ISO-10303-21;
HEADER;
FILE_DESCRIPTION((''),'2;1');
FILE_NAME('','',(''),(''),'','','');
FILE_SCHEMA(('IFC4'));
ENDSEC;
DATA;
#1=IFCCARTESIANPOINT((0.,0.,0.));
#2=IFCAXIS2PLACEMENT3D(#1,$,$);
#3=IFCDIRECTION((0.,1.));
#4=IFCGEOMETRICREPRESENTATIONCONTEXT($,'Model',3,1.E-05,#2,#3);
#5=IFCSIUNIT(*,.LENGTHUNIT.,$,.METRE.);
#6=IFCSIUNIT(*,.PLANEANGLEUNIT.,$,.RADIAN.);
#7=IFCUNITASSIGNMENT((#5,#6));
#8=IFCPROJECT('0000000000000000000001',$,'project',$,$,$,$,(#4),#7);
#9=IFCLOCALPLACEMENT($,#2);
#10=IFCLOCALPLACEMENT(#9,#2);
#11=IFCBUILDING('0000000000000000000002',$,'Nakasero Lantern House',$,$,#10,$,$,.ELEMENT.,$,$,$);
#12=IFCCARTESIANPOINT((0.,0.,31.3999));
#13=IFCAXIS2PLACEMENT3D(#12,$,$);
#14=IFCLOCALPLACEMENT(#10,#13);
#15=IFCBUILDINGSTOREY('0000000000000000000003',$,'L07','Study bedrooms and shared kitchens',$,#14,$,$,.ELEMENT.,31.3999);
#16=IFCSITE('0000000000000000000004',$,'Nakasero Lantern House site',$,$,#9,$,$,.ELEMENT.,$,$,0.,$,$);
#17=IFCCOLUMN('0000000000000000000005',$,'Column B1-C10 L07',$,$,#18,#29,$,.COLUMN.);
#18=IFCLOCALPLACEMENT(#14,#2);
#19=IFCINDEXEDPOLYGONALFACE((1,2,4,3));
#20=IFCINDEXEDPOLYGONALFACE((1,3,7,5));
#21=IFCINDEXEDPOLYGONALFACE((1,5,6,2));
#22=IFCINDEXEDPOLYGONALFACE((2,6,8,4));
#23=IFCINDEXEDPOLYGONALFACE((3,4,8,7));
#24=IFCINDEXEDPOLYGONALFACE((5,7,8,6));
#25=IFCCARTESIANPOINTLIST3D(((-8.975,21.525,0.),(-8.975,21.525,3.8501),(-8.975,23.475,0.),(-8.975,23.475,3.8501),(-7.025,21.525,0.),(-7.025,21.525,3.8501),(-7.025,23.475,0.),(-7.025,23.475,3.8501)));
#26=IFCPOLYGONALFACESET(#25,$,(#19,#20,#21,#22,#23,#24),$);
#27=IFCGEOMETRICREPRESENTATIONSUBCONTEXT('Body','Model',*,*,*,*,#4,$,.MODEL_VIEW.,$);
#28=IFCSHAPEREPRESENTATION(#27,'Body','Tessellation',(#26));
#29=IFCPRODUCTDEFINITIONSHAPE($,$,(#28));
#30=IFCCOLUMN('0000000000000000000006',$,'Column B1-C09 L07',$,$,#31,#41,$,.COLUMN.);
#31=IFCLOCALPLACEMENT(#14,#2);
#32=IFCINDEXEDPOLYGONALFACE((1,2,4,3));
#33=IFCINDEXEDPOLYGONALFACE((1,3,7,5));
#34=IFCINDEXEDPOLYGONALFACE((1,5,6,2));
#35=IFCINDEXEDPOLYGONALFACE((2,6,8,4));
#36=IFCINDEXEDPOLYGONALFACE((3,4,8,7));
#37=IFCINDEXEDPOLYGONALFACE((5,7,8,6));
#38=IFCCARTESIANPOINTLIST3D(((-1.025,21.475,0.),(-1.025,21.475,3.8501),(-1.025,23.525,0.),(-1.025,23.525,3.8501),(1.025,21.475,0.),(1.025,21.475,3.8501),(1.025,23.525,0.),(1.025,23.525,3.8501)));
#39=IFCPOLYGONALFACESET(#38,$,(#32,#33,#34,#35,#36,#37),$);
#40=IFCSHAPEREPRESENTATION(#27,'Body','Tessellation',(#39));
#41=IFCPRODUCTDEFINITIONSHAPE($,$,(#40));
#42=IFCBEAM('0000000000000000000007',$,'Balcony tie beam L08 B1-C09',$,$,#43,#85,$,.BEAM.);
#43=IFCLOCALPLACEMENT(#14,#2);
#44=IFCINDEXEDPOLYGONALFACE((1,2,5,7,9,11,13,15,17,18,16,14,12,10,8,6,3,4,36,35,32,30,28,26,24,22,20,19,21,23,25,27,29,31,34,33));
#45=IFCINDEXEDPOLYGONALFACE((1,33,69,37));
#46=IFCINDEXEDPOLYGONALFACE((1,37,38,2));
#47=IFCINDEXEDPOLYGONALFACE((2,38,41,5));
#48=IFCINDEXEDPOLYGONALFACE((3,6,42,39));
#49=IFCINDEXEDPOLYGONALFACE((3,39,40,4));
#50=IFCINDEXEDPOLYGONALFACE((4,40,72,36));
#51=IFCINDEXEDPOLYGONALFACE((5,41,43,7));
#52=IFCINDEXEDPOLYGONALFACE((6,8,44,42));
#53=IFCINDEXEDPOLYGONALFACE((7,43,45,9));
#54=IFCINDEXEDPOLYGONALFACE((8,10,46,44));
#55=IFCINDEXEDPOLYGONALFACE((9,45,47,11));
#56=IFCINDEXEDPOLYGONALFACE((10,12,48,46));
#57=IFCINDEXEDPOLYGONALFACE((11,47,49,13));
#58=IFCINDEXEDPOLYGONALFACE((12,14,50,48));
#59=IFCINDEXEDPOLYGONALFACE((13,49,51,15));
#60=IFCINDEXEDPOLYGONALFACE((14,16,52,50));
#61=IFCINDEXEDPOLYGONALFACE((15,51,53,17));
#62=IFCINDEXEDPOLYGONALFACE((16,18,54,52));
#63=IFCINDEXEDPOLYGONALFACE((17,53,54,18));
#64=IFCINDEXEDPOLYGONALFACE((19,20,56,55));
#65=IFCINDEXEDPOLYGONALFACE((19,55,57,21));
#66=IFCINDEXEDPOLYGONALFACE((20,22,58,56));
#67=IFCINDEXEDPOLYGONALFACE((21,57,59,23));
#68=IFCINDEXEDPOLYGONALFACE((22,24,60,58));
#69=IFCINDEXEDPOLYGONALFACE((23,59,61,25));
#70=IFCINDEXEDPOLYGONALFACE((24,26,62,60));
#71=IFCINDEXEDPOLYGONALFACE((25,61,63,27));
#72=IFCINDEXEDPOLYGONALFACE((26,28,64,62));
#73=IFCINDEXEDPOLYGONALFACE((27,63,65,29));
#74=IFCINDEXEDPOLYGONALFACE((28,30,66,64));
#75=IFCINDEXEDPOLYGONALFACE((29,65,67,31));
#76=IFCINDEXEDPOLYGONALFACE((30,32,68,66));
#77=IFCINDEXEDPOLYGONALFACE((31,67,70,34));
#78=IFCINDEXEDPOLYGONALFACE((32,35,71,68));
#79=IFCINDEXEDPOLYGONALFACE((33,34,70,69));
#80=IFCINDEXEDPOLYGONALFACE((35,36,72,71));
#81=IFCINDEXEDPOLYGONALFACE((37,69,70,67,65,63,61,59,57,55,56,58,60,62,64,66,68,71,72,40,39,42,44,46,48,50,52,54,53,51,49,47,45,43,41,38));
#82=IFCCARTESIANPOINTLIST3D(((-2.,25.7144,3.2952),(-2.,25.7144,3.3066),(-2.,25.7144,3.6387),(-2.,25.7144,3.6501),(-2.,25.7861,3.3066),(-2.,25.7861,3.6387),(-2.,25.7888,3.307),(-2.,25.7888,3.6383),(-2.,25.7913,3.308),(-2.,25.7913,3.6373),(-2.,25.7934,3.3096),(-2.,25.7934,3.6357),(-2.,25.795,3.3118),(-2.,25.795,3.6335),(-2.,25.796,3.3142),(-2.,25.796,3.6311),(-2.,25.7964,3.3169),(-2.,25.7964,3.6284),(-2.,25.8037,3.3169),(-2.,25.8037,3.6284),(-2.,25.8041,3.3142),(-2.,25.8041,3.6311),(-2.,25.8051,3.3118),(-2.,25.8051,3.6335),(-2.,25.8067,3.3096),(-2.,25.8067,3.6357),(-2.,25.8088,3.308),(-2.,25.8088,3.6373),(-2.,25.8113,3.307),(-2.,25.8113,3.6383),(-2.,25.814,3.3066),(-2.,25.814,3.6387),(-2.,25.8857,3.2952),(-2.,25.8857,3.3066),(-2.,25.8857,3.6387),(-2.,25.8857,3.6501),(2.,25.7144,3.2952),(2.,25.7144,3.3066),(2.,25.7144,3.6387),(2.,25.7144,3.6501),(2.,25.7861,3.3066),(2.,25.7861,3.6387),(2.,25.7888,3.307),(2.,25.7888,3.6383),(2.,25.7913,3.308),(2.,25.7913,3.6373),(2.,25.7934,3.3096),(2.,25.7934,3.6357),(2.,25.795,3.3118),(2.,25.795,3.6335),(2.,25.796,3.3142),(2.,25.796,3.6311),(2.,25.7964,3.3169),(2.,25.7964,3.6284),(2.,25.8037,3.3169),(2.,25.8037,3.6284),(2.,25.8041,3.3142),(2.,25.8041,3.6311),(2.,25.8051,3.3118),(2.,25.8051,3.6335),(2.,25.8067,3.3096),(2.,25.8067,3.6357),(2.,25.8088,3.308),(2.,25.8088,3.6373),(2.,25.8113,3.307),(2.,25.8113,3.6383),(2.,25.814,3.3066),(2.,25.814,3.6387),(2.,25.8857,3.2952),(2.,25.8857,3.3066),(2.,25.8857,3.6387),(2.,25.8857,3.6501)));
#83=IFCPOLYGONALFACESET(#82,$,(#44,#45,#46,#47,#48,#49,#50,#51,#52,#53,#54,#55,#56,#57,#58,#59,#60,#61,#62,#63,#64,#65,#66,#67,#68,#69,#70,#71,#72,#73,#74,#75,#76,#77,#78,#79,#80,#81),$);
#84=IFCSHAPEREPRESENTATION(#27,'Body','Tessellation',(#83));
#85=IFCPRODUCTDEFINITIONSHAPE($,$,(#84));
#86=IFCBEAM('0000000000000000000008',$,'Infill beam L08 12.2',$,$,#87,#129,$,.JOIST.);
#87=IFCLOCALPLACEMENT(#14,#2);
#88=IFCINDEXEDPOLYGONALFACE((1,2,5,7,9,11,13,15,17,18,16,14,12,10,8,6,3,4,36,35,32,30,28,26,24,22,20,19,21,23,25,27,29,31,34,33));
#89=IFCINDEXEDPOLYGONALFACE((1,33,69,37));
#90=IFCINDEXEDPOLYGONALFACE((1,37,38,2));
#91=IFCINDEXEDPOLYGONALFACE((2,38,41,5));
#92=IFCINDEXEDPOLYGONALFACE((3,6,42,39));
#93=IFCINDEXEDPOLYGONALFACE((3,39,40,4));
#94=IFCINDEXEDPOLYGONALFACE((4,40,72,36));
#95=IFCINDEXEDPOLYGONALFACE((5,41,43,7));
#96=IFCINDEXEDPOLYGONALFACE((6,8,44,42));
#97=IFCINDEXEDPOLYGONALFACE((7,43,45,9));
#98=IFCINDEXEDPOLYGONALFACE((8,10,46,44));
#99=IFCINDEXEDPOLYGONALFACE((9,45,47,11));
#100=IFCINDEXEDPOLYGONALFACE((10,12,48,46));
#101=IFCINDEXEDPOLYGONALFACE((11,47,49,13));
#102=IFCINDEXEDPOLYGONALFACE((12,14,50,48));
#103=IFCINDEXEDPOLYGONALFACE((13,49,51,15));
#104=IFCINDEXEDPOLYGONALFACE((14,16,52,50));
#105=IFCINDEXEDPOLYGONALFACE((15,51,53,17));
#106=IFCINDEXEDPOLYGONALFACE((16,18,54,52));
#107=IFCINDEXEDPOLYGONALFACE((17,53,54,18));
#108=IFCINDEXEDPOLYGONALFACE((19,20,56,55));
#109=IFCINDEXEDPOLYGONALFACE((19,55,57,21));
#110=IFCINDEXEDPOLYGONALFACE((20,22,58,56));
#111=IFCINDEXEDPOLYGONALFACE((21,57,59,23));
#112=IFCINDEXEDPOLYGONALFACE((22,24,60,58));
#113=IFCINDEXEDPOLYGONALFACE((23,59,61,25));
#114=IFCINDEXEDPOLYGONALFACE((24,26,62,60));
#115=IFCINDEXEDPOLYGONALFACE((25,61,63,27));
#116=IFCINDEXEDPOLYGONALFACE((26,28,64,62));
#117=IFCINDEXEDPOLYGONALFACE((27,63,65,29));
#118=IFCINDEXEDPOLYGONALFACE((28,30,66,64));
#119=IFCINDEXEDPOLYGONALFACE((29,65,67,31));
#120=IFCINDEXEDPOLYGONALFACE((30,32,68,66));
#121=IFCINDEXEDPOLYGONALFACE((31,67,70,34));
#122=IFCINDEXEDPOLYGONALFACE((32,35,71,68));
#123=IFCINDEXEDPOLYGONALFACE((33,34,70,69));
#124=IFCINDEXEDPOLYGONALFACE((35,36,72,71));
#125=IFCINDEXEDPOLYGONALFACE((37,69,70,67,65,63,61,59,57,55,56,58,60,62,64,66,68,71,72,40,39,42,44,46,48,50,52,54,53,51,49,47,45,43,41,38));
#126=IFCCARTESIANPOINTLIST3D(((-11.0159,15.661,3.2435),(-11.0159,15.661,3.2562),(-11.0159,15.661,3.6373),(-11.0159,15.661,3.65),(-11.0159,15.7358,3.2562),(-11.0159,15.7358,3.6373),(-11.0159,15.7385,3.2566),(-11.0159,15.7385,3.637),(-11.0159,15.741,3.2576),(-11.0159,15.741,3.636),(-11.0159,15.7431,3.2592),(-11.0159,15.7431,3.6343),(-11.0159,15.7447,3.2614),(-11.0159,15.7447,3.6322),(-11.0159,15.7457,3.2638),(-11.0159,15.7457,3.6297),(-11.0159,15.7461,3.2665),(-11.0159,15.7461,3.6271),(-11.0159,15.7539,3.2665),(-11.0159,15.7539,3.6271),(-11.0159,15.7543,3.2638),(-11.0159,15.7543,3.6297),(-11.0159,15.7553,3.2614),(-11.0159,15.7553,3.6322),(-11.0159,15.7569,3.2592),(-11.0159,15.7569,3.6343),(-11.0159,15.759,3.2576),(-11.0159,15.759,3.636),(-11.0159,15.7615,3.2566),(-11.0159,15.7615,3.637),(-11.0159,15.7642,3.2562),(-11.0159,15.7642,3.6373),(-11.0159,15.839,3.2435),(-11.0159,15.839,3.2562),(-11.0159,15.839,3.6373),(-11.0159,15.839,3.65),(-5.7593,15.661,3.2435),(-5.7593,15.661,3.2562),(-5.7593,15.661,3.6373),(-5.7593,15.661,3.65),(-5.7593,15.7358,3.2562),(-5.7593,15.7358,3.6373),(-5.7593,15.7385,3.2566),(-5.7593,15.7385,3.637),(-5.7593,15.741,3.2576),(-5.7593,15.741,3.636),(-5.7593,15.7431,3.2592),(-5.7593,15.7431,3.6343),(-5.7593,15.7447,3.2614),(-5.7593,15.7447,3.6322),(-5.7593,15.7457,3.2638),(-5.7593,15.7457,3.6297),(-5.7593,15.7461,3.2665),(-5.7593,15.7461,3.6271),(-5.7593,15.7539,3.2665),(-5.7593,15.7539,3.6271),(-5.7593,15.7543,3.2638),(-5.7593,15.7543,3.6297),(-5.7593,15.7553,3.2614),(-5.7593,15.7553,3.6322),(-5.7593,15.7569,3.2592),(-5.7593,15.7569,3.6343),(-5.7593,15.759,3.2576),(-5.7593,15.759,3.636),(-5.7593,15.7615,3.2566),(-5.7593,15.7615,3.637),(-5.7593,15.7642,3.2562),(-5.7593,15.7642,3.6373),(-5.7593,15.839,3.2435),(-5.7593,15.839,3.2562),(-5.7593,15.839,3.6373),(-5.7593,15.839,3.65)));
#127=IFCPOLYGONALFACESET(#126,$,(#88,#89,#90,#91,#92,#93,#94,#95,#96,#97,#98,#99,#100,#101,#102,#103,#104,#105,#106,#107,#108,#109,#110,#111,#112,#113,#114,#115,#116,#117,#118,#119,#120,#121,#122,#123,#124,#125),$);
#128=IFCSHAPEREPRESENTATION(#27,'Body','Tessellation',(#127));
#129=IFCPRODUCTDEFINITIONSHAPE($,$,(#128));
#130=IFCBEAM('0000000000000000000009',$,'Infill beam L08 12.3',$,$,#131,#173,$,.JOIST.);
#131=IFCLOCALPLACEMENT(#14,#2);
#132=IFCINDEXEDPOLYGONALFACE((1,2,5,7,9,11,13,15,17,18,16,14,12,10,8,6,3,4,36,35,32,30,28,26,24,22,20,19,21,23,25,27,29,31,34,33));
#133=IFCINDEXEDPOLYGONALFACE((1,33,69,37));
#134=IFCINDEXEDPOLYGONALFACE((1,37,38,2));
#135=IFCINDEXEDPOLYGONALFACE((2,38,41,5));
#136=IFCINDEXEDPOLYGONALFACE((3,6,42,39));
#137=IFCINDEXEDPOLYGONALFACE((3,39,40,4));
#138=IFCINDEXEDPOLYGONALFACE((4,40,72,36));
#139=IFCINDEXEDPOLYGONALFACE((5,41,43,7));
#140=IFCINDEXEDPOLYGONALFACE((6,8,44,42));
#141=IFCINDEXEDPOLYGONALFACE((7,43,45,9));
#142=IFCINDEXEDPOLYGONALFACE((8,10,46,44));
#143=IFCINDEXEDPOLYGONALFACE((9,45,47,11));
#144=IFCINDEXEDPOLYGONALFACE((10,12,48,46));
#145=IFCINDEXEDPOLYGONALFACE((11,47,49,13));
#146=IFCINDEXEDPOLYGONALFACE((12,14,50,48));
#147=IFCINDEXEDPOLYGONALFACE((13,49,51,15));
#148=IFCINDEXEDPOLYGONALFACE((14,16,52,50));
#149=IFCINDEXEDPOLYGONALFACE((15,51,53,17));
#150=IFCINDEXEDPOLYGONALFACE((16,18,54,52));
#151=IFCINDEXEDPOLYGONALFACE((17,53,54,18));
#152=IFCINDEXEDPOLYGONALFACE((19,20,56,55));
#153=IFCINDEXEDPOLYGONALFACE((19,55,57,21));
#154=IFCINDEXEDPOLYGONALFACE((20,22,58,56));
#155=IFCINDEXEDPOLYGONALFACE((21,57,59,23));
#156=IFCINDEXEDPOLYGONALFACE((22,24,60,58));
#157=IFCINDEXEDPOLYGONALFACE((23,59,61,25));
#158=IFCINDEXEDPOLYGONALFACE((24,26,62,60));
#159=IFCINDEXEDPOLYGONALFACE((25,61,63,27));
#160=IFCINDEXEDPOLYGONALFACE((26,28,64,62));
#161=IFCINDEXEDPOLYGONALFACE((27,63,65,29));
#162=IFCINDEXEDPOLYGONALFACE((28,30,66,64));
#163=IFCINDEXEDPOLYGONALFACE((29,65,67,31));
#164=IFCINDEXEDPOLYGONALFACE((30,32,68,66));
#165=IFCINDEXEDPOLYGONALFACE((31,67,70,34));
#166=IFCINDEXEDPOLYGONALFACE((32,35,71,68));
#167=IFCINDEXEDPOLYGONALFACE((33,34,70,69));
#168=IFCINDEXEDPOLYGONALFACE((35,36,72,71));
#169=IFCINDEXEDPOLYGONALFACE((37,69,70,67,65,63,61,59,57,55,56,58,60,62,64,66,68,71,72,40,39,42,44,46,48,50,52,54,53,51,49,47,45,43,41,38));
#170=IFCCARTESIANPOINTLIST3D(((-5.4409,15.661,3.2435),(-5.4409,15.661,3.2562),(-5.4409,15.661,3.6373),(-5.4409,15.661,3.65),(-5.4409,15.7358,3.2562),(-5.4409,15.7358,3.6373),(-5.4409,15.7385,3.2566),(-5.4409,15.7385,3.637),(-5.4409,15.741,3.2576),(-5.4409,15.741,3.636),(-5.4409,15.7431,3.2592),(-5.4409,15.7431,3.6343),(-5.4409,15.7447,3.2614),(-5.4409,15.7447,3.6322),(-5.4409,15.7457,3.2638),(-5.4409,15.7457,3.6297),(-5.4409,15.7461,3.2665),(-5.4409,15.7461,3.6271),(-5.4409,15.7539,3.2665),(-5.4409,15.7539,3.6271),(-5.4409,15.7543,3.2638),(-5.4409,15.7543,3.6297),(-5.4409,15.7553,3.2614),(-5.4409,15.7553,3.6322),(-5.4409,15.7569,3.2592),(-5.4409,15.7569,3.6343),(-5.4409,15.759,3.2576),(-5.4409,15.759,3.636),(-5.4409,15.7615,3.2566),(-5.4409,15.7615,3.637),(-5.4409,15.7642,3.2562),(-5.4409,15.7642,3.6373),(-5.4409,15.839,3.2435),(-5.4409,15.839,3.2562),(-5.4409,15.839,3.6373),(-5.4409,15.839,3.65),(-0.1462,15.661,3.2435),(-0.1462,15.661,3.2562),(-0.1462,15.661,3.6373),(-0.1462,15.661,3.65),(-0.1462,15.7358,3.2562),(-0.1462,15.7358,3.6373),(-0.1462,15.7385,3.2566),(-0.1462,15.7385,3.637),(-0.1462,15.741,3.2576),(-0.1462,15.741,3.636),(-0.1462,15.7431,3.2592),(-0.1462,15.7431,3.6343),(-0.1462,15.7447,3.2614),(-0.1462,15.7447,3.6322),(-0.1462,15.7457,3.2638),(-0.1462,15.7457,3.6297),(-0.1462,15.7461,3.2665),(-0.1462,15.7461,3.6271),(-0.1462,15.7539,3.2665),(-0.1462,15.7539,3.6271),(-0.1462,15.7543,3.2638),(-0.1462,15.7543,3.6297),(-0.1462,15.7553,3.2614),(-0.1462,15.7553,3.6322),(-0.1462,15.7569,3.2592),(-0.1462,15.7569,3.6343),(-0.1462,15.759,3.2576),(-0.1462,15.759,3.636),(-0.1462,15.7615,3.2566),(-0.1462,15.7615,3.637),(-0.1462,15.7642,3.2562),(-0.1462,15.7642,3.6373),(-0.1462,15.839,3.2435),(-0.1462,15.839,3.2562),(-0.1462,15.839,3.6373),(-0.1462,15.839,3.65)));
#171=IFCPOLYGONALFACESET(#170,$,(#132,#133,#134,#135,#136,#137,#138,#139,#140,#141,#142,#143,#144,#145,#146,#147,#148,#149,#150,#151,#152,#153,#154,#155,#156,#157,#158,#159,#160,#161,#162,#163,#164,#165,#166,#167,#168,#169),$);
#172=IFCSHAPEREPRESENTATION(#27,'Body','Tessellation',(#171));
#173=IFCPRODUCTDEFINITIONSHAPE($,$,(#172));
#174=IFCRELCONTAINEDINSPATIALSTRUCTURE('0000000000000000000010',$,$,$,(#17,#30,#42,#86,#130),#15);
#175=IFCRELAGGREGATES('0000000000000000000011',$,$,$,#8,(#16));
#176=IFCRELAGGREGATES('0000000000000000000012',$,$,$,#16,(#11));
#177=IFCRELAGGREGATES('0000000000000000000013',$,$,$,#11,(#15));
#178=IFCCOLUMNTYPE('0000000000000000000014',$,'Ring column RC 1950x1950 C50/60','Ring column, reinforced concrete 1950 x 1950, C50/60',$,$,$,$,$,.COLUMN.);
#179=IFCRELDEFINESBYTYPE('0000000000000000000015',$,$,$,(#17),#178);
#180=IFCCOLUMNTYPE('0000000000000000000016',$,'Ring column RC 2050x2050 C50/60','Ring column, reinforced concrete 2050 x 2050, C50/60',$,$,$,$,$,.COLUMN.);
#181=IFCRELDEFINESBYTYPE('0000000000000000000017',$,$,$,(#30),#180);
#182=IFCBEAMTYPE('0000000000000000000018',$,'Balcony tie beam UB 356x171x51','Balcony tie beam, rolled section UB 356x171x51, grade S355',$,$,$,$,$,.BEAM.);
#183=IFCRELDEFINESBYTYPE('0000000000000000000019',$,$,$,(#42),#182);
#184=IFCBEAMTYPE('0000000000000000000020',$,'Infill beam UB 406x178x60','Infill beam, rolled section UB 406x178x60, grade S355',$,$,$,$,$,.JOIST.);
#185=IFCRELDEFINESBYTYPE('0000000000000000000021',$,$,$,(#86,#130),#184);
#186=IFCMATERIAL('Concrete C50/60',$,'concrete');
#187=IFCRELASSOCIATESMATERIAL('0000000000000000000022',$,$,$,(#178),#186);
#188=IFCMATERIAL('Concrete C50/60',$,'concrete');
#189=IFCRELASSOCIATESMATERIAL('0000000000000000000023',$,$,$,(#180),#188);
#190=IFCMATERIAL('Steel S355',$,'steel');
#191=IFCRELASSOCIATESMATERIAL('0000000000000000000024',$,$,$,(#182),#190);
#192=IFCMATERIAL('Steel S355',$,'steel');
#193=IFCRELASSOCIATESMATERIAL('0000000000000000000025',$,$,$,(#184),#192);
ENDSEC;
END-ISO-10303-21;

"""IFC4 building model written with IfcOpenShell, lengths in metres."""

from ifc_helpers import new_model, si_unit, direction, frame, origin, origin_2d, place, context, subcontext, project, spatial, rectangle, i_section, extrude, material, material_profile, profile_set, type_object, element, save


model = new_model("IFC4")

# Units and contexts
model_context = context("Model", 3, precision=1e-05, world=origin(), true_north=direction((0.0, 1.0)))
body_context = subcontext(model_context, "Body", "Model", "MODEL_VIEW")
ifc_project = project(units=[si_unit("LENGTHUNIT", "METRE"), si_unit("PLANEANGLEUNIT", "RADIAN")], contexts=[model_context])

# Site, building, storey
site_placement = place(None, origin())
site = spatial("IfcSite", under=ifc_project, at=site_placement, Name="Nakasero Lantern House site", CompositionType="ELEMENT", RefElevation=0.0)
building_placement = place(site_placement, origin())
building = spatial("IfcBuilding", under=site, at=building_placement, Name="Nakasero Lantern House", CompositionType="ELEMENT")
storey_placement = place(building_placement, frame((0.0, 0.0, 31.3999)))
storey = spatial("IfcBuildingStorey", under=building, at=storey_placement, Name="L07", Description="Study bedrooms and shared kitchens", CompositionType="ELEMENT", Elevation=31.3999)

# Columns
ifc_material_1 = material(Name="Concrete C50/60", Category="concrete")
ifc_material_profile_1 = material_profile(ifc_material_1, rectangle(XDim=1.95, YDim=1.95, at=origin_2d()), Name="RC 1950x1950")
ifc_profile_set_1 = profile_set([ifc_material_profile_1], Name="Concrete C50/60")
column_type_1 = type_object("IfcColumnType", Name="Ring column RC 1950x1950 C50/60", Description="Ring column, reinforced concrete 1950 x 1950, C50/60", PredefinedType="COLUMN", material=ifc_profile_set_1)
column_1_placement = place(storey_placement, frame((-8.0, 22.5, 0.0), z_axis=(0.0, 0.0, 1.0), x_axis=(1.0, 0.0, 0.0)))
element("IfcColumn", 1, at=column_1_placement, inside=storey, type_object=column_type_1, Name="Column B1-C10 L07", PredefinedType="COLUMN", context=body_context, shape_type="SweptSolid", body=[
    extrude(rectangle(XDim=1.95, YDim=1.95, at=origin_2d()), origin(), (0.0, 0.0, 1.0), 3.8501),
])
ifc_material_2 = material(Name="Concrete C50/60", Category="concrete")
ifc_material_profile_2 = material_profile(ifc_material_2, rectangle(XDim=2.05, YDim=2.05, at=origin_2d()), Name="RC 2050x2050")
ifc_profile_set_2 = profile_set([ifc_material_profile_2], Name="Concrete C50/60")
column_type_2 = type_object("IfcColumnType", Name="Ring column RC 2050x2050 C50/60", Description="Ring column, reinforced concrete 2050 x 2050, C50/60", PredefinedType="COLUMN", material=ifc_profile_set_2)
column_2_placement = place(storey_placement, frame((0.0, 22.5, 0.0), z_axis=(0.0, 0.0, 1.0), x_axis=(1.0, 0.0, 0.0)))
element("IfcColumn", 2, at=column_2_placement, inside=storey, type_object=column_type_2, Name="Column B1-C09 L07", PredefinedType="COLUMN", context=body_context, shape_type="SweptSolid", body=[
    extrude(rectangle(XDim=2.05, YDim=2.05, at=origin_2d()), origin(), (0.0, 0.0, 1.0), 3.8501),
])

# Beams
ifc_material_3 = material(Name="Steel S355", Category="steel")
ifc_material_profile_3 = material_profile(ifc_material_3, i_section(OverallWidth=0.1714, OverallDepth=0.355, WebThickness=0.0073, FlangeThickness=0.0115, FilletRadius=0.0103, at=origin_2d()), Name="UB 356x171x51")
ifc_profile_set_3 = profile_set([ifc_material_profile_3], Name="Steel S355")
beam_type_1 = type_object("IfcBeamType", Name="Balcony tie beam UB 356x171x51", Description="Balcony tie beam, rolled section UB 356x171x51, grade S355", PredefinedType="BEAM", material=ifc_profile_set_3)
beam_1_placement = place(storey_placement, frame((-2.0, 25.8, 3.4727), z_axis=(1.0, 0.0, 0.0), x_axis=(0.0, 1.0, 0.0)))
element("IfcBeam", 3, at=beam_1_placement, inside=storey, type_object=beam_type_1, Name="Balcony tie beam L08 B1-C09", PredefinedType="BEAM", context=body_context, shape_type="SweptSolid", body=[
    extrude(i_section(OverallWidth=0.1714, OverallDepth=0.355, WebThickness=0.0073, FlangeThickness=0.0115, FilletRadius=0.0103, at=origin_2d()), origin(), (0.0, 0.0, 1.0), 4.0),
])
ifc_material_4 = material(Name="Steel S355", Category="steel")
ifc_material_profile_4 = material_profile(ifc_material_4, i_section(OverallWidth=0.178, OverallDepth=0.4065, WebThickness=0.0078, FlangeThickness=0.0127, FilletRadius=0.0103, at=origin_2d()), Name="UB 406x178x60")
ifc_profile_set_4 = profile_set([ifc_material_profile_4], Name="Steel S355")
beam_type_2 = type_object("IfcBeamType", Name="Infill beam UB 406x178x60", Description="Infill beam, rolled section UB 406x178x60, grade S355", PredefinedType="JOIST", material=ifc_profile_set_4)
beam_2_placement = place(storey_placement, frame((-11.0159, 15.75, 3.4468), z_axis=(1.0, 0.0, 0.0), x_axis=(0.0, 1.0, 0.0)))
element("IfcBeam", 4, at=beam_2_placement, inside=storey, type_object=beam_type_2, Name="Infill beam L08 12.2", PredefinedType="JOIST", context=body_context, shape_type="SweptSolid", body=[
    extrude(i_section(OverallWidth=0.178, OverallDepth=0.4065, WebThickness=0.0078, FlangeThickness=0.0127, FilletRadius=0.0103, at=origin_2d()), origin(), (0.0, 0.0, 1.0), 5.2566),
])
beam_3_placement = place(storey_placement, frame((-5.4409, 15.75, 3.4468), z_axis=(1.0, 0.0, 0.0), x_axis=(0.0, 1.0, 0.0)))
element("IfcBeam", 5, at=beam_3_placement, inside=storey, type_object=beam_type_2, Name="Infill beam L08 12.3", PredefinedType="JOIST", context=body_context, shape_type="SweptSolid", body=[
    extrude(i_section(OverallWidth=0.178, OverallDepth=0.4065, WebThickness=0.0078, FlangeThickness=0.0127, FilletRadius=0.0103, at=origin_2d()), origin(), (0.0, 0.0, 1.0), 5.2947),
])

save(model, "model.ifc")
